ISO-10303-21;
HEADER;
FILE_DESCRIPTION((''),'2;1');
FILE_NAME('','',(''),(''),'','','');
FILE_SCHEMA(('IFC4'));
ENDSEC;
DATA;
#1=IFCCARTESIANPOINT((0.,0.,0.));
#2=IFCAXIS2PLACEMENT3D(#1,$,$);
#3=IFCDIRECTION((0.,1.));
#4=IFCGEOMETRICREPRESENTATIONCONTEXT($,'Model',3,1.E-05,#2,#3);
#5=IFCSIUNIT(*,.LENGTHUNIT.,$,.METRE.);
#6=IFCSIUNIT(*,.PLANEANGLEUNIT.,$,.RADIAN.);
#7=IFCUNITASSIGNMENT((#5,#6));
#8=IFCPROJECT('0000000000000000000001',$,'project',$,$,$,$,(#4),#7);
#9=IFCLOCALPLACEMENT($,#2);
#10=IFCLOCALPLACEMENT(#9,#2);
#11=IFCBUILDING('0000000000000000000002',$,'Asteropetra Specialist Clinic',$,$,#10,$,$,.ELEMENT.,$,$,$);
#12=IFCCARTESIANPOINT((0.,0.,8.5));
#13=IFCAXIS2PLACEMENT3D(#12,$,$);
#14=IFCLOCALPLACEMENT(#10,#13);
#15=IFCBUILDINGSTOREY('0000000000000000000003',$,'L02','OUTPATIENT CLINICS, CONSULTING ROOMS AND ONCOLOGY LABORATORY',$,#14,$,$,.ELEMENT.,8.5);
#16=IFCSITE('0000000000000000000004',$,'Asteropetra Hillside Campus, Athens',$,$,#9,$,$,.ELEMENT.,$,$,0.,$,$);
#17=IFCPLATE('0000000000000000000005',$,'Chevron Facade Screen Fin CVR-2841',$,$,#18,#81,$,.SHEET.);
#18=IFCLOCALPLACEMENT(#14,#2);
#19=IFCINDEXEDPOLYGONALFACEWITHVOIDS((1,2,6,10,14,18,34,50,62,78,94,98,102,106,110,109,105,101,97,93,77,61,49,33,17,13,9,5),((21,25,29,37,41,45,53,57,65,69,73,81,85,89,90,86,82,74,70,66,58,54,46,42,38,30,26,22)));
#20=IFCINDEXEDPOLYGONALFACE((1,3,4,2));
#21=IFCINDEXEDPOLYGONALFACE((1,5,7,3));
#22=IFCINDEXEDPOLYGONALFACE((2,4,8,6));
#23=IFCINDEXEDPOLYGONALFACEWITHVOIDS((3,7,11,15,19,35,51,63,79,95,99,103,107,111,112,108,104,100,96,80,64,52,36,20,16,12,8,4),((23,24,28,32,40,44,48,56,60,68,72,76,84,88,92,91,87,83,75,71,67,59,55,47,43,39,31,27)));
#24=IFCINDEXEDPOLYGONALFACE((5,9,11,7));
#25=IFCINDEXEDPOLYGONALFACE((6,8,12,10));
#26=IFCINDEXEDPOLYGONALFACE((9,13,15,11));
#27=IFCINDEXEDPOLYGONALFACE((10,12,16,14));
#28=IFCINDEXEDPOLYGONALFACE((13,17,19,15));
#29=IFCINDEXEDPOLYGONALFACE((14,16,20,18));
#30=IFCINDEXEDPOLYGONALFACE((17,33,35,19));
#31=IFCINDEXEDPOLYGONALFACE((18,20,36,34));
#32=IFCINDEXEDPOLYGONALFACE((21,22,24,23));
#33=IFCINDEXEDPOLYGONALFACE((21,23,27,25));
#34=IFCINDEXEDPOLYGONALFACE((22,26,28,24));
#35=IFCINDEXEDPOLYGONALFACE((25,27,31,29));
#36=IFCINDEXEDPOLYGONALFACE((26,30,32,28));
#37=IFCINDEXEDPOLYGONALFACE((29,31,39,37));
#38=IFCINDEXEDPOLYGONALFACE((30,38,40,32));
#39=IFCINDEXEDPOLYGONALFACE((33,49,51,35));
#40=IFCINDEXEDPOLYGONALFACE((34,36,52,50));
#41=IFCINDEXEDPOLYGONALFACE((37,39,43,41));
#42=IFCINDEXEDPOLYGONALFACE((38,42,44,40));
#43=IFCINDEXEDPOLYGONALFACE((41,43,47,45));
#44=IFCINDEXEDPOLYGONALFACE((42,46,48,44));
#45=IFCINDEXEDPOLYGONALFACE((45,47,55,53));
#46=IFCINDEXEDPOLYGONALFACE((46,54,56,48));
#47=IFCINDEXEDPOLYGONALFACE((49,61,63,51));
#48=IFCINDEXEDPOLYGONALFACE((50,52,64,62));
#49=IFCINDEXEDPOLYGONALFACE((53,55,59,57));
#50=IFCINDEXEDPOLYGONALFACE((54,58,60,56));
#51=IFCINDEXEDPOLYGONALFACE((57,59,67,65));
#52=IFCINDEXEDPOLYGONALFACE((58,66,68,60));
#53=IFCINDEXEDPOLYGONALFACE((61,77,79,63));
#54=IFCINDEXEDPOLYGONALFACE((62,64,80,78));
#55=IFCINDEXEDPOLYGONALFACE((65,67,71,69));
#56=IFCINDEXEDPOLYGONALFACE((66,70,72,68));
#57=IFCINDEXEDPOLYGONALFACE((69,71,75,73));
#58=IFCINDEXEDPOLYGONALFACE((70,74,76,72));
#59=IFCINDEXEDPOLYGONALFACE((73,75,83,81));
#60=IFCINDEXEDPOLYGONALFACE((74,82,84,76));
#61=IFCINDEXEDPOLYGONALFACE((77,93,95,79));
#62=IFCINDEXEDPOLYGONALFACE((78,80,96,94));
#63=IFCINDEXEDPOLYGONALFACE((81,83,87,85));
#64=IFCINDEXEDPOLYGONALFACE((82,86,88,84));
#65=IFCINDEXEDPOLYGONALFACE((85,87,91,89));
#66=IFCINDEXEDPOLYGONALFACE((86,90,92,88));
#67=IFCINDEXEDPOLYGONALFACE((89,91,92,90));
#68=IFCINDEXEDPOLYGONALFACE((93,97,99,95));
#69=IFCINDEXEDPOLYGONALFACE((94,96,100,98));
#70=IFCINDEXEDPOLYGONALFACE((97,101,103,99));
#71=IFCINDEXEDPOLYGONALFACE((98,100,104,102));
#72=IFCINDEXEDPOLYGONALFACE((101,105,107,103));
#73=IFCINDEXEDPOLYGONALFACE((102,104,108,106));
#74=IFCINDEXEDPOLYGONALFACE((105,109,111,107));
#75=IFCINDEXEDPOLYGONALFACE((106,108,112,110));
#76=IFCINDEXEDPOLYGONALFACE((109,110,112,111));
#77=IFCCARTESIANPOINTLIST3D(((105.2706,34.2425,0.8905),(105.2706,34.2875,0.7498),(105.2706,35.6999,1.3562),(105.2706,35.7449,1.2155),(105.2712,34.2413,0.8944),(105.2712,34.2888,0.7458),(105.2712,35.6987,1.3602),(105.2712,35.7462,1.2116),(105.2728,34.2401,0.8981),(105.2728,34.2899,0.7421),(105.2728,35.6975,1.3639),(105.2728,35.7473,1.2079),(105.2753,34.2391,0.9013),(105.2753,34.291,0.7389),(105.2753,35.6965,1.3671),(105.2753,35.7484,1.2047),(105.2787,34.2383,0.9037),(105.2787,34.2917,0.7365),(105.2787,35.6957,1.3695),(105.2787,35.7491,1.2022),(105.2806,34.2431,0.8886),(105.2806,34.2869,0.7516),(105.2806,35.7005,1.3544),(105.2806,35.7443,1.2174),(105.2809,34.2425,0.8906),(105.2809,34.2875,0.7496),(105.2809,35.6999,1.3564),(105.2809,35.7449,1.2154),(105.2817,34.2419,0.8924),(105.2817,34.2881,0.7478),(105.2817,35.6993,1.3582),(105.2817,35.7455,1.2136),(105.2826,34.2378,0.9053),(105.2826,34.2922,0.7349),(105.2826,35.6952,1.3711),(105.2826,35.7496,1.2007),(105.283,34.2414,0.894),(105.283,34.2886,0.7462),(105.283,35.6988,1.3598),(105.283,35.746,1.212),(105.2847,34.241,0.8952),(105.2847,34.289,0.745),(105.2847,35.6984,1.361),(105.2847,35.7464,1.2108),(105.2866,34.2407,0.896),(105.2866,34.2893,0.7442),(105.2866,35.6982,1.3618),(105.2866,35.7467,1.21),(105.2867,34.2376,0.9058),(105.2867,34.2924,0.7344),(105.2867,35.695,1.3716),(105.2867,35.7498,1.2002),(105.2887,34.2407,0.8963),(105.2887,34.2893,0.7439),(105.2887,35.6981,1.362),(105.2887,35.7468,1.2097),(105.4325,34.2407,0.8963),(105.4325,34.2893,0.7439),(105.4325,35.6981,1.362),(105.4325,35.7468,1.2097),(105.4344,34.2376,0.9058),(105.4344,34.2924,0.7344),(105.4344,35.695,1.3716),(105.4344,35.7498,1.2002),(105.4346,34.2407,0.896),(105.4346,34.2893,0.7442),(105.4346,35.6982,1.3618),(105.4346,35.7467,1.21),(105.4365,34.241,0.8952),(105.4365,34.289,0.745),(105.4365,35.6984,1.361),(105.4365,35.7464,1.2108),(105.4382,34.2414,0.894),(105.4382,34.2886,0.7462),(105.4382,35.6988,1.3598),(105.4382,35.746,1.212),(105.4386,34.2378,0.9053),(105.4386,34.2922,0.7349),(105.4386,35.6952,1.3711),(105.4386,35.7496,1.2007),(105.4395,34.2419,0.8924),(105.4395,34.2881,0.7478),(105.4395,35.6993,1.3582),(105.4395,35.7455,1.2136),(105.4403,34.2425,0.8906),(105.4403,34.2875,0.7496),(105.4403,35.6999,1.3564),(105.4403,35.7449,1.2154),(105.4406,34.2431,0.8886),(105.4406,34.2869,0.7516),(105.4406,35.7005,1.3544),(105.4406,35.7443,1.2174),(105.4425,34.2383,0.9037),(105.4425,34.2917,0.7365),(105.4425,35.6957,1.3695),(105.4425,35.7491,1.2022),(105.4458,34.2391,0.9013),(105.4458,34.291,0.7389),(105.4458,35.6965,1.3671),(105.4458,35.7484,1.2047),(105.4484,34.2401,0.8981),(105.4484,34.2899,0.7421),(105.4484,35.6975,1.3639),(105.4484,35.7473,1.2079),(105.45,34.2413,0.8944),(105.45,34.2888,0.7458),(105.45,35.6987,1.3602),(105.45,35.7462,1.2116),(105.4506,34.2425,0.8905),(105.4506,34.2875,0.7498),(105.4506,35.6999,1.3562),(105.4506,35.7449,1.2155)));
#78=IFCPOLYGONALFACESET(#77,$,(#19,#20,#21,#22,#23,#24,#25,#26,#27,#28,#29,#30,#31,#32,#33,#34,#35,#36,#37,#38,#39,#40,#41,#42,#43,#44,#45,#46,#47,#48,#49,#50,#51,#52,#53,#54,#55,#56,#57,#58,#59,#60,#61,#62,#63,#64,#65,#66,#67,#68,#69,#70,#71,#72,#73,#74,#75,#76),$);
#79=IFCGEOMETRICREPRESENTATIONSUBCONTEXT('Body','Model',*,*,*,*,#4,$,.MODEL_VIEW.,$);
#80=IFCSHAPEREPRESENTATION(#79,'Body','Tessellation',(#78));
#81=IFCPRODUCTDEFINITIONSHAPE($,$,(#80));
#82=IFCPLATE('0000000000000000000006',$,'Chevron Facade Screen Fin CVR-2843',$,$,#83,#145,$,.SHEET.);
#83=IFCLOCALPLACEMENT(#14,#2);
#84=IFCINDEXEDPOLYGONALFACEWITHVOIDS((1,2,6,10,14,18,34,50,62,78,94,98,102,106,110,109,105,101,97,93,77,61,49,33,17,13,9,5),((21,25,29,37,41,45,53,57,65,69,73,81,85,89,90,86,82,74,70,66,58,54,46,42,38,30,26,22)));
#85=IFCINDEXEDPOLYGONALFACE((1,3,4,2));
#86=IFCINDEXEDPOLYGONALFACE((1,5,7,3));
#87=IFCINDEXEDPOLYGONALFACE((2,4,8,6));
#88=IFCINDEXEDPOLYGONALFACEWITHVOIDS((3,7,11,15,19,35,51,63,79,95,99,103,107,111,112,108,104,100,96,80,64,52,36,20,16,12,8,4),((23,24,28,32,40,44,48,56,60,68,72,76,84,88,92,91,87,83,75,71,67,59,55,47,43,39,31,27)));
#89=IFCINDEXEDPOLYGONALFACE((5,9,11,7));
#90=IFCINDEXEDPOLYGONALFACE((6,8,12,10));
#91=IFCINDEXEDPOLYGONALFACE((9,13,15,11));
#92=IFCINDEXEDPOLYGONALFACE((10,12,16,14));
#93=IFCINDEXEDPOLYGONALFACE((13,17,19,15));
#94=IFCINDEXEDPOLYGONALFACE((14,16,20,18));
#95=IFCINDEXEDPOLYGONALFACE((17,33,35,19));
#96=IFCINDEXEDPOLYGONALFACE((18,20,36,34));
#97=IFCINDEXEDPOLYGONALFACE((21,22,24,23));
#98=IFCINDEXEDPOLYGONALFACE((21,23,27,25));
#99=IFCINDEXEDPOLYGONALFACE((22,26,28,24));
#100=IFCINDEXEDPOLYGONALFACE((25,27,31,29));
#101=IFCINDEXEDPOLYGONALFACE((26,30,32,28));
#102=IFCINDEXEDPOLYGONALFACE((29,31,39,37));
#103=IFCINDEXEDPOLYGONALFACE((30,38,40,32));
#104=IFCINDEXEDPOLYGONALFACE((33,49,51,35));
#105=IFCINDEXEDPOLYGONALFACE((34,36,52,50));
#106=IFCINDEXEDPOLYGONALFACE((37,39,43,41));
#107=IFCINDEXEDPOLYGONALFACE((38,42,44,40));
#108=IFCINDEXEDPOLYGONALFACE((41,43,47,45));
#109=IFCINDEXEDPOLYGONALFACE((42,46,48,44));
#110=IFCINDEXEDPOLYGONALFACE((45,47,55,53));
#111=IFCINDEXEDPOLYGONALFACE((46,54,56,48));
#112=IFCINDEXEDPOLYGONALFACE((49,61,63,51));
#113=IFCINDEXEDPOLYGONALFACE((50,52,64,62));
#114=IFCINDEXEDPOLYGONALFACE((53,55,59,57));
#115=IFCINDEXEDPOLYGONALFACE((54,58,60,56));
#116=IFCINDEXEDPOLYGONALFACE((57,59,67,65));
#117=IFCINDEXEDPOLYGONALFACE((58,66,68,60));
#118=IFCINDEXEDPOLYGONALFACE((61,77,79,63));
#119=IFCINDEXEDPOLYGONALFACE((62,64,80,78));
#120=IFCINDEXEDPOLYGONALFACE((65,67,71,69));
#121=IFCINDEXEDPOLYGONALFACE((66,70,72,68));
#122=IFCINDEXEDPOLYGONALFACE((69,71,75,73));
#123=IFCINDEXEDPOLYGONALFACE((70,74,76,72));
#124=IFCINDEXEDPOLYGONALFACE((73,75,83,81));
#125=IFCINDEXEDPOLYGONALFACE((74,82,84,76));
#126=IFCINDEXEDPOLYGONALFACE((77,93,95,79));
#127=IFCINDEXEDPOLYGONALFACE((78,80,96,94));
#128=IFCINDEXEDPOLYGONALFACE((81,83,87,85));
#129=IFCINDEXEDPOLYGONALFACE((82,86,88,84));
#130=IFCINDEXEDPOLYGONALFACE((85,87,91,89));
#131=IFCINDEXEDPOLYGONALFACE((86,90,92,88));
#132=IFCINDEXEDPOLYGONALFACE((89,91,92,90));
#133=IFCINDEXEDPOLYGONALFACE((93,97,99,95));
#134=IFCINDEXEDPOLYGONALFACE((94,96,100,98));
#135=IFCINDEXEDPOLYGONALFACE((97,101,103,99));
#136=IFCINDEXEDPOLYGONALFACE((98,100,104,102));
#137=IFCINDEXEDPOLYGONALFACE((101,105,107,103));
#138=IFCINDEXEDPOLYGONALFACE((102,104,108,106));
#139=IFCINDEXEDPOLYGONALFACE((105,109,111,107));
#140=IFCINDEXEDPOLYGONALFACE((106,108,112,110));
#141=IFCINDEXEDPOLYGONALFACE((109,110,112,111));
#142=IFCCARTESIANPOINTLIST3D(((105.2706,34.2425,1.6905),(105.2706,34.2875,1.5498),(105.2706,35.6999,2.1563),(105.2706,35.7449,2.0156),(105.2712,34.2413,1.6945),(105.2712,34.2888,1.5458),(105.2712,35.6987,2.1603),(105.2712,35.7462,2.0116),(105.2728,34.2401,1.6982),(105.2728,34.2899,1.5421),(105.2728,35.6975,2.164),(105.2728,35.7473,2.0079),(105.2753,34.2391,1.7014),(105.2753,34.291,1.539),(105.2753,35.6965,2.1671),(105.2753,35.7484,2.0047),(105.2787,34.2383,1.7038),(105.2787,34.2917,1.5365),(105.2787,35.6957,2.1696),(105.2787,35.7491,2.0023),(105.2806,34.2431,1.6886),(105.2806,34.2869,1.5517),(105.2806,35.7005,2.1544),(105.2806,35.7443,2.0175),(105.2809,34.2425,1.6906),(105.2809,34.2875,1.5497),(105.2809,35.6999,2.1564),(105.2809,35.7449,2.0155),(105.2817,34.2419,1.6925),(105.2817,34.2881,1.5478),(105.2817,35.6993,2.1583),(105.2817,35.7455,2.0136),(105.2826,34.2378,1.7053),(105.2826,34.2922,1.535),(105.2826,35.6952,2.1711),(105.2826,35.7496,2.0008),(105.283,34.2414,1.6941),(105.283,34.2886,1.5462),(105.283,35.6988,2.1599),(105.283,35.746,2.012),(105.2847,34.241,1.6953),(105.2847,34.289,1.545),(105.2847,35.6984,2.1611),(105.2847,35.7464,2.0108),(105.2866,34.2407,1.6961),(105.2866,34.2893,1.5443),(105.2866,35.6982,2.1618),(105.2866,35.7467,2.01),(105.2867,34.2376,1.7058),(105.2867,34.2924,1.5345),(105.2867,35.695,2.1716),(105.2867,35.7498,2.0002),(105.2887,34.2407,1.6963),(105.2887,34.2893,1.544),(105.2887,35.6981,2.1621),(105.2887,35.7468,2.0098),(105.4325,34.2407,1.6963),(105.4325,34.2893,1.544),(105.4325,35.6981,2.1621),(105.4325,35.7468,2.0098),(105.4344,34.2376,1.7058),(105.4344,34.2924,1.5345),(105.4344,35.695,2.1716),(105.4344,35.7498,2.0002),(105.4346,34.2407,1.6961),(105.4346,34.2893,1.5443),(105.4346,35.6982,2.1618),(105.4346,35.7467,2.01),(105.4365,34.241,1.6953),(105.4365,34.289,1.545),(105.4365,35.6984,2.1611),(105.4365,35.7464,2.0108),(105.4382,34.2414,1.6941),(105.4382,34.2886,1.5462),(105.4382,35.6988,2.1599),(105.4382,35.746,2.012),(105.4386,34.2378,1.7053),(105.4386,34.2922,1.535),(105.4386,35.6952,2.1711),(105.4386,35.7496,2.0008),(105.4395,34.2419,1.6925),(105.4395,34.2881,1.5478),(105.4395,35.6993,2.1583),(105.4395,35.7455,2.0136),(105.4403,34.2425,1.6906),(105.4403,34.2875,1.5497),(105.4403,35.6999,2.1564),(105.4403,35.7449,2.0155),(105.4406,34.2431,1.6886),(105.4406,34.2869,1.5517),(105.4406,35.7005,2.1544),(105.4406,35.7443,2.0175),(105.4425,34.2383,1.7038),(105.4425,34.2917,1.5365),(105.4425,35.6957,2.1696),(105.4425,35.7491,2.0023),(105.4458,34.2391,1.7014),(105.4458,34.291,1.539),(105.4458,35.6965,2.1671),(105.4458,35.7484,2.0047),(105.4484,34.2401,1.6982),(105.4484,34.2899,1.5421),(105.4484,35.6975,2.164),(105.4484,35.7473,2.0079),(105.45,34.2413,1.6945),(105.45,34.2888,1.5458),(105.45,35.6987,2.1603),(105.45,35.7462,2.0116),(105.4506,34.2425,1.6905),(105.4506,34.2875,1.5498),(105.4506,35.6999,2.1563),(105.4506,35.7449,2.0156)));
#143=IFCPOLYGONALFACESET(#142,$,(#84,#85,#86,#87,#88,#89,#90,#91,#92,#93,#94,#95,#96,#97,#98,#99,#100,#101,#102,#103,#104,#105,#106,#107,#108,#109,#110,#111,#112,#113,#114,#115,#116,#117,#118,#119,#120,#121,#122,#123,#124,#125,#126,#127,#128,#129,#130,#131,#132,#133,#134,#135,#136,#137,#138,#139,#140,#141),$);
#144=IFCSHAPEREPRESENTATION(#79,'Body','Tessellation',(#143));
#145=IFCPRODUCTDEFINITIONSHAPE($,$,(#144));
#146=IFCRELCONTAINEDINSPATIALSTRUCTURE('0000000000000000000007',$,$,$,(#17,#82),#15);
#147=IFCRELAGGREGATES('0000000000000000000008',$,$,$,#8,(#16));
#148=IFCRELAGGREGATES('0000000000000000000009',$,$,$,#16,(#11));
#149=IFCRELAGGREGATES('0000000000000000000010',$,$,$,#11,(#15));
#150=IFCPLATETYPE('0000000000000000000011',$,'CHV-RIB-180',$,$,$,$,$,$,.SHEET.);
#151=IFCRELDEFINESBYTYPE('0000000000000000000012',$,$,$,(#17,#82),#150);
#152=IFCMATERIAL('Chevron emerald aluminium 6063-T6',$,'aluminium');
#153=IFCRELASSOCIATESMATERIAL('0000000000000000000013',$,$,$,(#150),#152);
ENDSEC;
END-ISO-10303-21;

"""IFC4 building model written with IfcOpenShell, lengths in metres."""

from ifc_helpers import new_model, si_unit, direction, frame, origin, origin_2d, place, context, subcontext, project, spatial, hollow_rectangle, extrude, material, material_profile, profile_set, type_object, element, save


model = new_model("IFC4")

# Units and contexts
model_context = context("Model", 3, precision=1e-05, world=origin(), true_north=direction((0.0, 1.0)))
body_context = subcontext(model_context, "Body", "Model", "MODEL_VIEW")
ifc_project = project(units=[si_unit("LENGTHUNIT", "METRE"), si_unit("PLANEANGLEUNIT", "RADIAN")], contexts=[model_context])

# Site, building, storey
site_placement = place(None, origin())
site = spatial("IfcSite", under=ifc_project, at=site_placement, Name="Asteropetra Hillside Campus, Athens", CompositionType="ELEMENT", RefElevation=0.0)
building_placement = place(site_placement, origin())
building = spatial("IfcBuilding", under=site, at=building_placement, Name="Asteropetra Specialist Clinic", CompositionType="ELEMENT")
storey_placement = place(building_placement, frame((0.0, 0.0, 8.5)))
storey = spatial("IfcBuildingStorey", under=building, at=storey_placement, Name="L02", Description="OUTPATIENT CLINICS, CONSULTING ROOMS AND ONCOLOGY LABORATORY", CompositionType="ELEMENT", Elevation=8.5)

# Plates
ifc_material_1 = material(Name="Chevron emerald aluminium 6063-T6", Category="aluminium")
ifc_material_profile = material_profile(ifc_material_1, hollow_rectangle(XDim=0.1799, YDim=0.1799, WallThickness=0.01, InnerFilletRadius=0.0081, OuterFilletRadius=0.0161, at=origin_2d()), Name="SHS 180x180x10.0")
ifc_profile_set = profile_set([ifc_material_profile], Name="Chevron emerald aluminium 6063-T6")
plate_type = type_object("IfcPlateType", Name="CHV-RIB-180", PredefinedType="SHEET", material=ifc_profile_set)
for number, where, z_axis, x_axis, name in (
    (1, (105.3606, 35.7224, 1.2859), (0.0, -0.952535, -0.304428), (1.0, 0.0, 0.0), "Chevron Facade Screen Fin CVR-2841"),
    (2, (105.3606, 35.7224, 2.0859), (0.0, -0.952535, -0.304428), (1.0, 0.0, 0.0), "Chevron Facade Screen Fin CVR-2843"),
):
    element("IfcPlate", number, at=place(storey_placement, frame(where, z_axis=z_axis, x_axis=x_axis)), inside=storey, type_object=plate_type, Name=name, PredefinedType="SHEET", context=body_context, shape_type="SweptSolid", body=[
        extrude(hollow_rectangle(XDim=0.1799, YDim=0.1799, WallThickness=0.01, InnerFilletRadius=0.0081, OuterFilletRadius=0.0161, at=origin_2d()), origin(), (0.0, 0.0, 1.0), 1.53),
    ])

save(model, "model.ifc")
